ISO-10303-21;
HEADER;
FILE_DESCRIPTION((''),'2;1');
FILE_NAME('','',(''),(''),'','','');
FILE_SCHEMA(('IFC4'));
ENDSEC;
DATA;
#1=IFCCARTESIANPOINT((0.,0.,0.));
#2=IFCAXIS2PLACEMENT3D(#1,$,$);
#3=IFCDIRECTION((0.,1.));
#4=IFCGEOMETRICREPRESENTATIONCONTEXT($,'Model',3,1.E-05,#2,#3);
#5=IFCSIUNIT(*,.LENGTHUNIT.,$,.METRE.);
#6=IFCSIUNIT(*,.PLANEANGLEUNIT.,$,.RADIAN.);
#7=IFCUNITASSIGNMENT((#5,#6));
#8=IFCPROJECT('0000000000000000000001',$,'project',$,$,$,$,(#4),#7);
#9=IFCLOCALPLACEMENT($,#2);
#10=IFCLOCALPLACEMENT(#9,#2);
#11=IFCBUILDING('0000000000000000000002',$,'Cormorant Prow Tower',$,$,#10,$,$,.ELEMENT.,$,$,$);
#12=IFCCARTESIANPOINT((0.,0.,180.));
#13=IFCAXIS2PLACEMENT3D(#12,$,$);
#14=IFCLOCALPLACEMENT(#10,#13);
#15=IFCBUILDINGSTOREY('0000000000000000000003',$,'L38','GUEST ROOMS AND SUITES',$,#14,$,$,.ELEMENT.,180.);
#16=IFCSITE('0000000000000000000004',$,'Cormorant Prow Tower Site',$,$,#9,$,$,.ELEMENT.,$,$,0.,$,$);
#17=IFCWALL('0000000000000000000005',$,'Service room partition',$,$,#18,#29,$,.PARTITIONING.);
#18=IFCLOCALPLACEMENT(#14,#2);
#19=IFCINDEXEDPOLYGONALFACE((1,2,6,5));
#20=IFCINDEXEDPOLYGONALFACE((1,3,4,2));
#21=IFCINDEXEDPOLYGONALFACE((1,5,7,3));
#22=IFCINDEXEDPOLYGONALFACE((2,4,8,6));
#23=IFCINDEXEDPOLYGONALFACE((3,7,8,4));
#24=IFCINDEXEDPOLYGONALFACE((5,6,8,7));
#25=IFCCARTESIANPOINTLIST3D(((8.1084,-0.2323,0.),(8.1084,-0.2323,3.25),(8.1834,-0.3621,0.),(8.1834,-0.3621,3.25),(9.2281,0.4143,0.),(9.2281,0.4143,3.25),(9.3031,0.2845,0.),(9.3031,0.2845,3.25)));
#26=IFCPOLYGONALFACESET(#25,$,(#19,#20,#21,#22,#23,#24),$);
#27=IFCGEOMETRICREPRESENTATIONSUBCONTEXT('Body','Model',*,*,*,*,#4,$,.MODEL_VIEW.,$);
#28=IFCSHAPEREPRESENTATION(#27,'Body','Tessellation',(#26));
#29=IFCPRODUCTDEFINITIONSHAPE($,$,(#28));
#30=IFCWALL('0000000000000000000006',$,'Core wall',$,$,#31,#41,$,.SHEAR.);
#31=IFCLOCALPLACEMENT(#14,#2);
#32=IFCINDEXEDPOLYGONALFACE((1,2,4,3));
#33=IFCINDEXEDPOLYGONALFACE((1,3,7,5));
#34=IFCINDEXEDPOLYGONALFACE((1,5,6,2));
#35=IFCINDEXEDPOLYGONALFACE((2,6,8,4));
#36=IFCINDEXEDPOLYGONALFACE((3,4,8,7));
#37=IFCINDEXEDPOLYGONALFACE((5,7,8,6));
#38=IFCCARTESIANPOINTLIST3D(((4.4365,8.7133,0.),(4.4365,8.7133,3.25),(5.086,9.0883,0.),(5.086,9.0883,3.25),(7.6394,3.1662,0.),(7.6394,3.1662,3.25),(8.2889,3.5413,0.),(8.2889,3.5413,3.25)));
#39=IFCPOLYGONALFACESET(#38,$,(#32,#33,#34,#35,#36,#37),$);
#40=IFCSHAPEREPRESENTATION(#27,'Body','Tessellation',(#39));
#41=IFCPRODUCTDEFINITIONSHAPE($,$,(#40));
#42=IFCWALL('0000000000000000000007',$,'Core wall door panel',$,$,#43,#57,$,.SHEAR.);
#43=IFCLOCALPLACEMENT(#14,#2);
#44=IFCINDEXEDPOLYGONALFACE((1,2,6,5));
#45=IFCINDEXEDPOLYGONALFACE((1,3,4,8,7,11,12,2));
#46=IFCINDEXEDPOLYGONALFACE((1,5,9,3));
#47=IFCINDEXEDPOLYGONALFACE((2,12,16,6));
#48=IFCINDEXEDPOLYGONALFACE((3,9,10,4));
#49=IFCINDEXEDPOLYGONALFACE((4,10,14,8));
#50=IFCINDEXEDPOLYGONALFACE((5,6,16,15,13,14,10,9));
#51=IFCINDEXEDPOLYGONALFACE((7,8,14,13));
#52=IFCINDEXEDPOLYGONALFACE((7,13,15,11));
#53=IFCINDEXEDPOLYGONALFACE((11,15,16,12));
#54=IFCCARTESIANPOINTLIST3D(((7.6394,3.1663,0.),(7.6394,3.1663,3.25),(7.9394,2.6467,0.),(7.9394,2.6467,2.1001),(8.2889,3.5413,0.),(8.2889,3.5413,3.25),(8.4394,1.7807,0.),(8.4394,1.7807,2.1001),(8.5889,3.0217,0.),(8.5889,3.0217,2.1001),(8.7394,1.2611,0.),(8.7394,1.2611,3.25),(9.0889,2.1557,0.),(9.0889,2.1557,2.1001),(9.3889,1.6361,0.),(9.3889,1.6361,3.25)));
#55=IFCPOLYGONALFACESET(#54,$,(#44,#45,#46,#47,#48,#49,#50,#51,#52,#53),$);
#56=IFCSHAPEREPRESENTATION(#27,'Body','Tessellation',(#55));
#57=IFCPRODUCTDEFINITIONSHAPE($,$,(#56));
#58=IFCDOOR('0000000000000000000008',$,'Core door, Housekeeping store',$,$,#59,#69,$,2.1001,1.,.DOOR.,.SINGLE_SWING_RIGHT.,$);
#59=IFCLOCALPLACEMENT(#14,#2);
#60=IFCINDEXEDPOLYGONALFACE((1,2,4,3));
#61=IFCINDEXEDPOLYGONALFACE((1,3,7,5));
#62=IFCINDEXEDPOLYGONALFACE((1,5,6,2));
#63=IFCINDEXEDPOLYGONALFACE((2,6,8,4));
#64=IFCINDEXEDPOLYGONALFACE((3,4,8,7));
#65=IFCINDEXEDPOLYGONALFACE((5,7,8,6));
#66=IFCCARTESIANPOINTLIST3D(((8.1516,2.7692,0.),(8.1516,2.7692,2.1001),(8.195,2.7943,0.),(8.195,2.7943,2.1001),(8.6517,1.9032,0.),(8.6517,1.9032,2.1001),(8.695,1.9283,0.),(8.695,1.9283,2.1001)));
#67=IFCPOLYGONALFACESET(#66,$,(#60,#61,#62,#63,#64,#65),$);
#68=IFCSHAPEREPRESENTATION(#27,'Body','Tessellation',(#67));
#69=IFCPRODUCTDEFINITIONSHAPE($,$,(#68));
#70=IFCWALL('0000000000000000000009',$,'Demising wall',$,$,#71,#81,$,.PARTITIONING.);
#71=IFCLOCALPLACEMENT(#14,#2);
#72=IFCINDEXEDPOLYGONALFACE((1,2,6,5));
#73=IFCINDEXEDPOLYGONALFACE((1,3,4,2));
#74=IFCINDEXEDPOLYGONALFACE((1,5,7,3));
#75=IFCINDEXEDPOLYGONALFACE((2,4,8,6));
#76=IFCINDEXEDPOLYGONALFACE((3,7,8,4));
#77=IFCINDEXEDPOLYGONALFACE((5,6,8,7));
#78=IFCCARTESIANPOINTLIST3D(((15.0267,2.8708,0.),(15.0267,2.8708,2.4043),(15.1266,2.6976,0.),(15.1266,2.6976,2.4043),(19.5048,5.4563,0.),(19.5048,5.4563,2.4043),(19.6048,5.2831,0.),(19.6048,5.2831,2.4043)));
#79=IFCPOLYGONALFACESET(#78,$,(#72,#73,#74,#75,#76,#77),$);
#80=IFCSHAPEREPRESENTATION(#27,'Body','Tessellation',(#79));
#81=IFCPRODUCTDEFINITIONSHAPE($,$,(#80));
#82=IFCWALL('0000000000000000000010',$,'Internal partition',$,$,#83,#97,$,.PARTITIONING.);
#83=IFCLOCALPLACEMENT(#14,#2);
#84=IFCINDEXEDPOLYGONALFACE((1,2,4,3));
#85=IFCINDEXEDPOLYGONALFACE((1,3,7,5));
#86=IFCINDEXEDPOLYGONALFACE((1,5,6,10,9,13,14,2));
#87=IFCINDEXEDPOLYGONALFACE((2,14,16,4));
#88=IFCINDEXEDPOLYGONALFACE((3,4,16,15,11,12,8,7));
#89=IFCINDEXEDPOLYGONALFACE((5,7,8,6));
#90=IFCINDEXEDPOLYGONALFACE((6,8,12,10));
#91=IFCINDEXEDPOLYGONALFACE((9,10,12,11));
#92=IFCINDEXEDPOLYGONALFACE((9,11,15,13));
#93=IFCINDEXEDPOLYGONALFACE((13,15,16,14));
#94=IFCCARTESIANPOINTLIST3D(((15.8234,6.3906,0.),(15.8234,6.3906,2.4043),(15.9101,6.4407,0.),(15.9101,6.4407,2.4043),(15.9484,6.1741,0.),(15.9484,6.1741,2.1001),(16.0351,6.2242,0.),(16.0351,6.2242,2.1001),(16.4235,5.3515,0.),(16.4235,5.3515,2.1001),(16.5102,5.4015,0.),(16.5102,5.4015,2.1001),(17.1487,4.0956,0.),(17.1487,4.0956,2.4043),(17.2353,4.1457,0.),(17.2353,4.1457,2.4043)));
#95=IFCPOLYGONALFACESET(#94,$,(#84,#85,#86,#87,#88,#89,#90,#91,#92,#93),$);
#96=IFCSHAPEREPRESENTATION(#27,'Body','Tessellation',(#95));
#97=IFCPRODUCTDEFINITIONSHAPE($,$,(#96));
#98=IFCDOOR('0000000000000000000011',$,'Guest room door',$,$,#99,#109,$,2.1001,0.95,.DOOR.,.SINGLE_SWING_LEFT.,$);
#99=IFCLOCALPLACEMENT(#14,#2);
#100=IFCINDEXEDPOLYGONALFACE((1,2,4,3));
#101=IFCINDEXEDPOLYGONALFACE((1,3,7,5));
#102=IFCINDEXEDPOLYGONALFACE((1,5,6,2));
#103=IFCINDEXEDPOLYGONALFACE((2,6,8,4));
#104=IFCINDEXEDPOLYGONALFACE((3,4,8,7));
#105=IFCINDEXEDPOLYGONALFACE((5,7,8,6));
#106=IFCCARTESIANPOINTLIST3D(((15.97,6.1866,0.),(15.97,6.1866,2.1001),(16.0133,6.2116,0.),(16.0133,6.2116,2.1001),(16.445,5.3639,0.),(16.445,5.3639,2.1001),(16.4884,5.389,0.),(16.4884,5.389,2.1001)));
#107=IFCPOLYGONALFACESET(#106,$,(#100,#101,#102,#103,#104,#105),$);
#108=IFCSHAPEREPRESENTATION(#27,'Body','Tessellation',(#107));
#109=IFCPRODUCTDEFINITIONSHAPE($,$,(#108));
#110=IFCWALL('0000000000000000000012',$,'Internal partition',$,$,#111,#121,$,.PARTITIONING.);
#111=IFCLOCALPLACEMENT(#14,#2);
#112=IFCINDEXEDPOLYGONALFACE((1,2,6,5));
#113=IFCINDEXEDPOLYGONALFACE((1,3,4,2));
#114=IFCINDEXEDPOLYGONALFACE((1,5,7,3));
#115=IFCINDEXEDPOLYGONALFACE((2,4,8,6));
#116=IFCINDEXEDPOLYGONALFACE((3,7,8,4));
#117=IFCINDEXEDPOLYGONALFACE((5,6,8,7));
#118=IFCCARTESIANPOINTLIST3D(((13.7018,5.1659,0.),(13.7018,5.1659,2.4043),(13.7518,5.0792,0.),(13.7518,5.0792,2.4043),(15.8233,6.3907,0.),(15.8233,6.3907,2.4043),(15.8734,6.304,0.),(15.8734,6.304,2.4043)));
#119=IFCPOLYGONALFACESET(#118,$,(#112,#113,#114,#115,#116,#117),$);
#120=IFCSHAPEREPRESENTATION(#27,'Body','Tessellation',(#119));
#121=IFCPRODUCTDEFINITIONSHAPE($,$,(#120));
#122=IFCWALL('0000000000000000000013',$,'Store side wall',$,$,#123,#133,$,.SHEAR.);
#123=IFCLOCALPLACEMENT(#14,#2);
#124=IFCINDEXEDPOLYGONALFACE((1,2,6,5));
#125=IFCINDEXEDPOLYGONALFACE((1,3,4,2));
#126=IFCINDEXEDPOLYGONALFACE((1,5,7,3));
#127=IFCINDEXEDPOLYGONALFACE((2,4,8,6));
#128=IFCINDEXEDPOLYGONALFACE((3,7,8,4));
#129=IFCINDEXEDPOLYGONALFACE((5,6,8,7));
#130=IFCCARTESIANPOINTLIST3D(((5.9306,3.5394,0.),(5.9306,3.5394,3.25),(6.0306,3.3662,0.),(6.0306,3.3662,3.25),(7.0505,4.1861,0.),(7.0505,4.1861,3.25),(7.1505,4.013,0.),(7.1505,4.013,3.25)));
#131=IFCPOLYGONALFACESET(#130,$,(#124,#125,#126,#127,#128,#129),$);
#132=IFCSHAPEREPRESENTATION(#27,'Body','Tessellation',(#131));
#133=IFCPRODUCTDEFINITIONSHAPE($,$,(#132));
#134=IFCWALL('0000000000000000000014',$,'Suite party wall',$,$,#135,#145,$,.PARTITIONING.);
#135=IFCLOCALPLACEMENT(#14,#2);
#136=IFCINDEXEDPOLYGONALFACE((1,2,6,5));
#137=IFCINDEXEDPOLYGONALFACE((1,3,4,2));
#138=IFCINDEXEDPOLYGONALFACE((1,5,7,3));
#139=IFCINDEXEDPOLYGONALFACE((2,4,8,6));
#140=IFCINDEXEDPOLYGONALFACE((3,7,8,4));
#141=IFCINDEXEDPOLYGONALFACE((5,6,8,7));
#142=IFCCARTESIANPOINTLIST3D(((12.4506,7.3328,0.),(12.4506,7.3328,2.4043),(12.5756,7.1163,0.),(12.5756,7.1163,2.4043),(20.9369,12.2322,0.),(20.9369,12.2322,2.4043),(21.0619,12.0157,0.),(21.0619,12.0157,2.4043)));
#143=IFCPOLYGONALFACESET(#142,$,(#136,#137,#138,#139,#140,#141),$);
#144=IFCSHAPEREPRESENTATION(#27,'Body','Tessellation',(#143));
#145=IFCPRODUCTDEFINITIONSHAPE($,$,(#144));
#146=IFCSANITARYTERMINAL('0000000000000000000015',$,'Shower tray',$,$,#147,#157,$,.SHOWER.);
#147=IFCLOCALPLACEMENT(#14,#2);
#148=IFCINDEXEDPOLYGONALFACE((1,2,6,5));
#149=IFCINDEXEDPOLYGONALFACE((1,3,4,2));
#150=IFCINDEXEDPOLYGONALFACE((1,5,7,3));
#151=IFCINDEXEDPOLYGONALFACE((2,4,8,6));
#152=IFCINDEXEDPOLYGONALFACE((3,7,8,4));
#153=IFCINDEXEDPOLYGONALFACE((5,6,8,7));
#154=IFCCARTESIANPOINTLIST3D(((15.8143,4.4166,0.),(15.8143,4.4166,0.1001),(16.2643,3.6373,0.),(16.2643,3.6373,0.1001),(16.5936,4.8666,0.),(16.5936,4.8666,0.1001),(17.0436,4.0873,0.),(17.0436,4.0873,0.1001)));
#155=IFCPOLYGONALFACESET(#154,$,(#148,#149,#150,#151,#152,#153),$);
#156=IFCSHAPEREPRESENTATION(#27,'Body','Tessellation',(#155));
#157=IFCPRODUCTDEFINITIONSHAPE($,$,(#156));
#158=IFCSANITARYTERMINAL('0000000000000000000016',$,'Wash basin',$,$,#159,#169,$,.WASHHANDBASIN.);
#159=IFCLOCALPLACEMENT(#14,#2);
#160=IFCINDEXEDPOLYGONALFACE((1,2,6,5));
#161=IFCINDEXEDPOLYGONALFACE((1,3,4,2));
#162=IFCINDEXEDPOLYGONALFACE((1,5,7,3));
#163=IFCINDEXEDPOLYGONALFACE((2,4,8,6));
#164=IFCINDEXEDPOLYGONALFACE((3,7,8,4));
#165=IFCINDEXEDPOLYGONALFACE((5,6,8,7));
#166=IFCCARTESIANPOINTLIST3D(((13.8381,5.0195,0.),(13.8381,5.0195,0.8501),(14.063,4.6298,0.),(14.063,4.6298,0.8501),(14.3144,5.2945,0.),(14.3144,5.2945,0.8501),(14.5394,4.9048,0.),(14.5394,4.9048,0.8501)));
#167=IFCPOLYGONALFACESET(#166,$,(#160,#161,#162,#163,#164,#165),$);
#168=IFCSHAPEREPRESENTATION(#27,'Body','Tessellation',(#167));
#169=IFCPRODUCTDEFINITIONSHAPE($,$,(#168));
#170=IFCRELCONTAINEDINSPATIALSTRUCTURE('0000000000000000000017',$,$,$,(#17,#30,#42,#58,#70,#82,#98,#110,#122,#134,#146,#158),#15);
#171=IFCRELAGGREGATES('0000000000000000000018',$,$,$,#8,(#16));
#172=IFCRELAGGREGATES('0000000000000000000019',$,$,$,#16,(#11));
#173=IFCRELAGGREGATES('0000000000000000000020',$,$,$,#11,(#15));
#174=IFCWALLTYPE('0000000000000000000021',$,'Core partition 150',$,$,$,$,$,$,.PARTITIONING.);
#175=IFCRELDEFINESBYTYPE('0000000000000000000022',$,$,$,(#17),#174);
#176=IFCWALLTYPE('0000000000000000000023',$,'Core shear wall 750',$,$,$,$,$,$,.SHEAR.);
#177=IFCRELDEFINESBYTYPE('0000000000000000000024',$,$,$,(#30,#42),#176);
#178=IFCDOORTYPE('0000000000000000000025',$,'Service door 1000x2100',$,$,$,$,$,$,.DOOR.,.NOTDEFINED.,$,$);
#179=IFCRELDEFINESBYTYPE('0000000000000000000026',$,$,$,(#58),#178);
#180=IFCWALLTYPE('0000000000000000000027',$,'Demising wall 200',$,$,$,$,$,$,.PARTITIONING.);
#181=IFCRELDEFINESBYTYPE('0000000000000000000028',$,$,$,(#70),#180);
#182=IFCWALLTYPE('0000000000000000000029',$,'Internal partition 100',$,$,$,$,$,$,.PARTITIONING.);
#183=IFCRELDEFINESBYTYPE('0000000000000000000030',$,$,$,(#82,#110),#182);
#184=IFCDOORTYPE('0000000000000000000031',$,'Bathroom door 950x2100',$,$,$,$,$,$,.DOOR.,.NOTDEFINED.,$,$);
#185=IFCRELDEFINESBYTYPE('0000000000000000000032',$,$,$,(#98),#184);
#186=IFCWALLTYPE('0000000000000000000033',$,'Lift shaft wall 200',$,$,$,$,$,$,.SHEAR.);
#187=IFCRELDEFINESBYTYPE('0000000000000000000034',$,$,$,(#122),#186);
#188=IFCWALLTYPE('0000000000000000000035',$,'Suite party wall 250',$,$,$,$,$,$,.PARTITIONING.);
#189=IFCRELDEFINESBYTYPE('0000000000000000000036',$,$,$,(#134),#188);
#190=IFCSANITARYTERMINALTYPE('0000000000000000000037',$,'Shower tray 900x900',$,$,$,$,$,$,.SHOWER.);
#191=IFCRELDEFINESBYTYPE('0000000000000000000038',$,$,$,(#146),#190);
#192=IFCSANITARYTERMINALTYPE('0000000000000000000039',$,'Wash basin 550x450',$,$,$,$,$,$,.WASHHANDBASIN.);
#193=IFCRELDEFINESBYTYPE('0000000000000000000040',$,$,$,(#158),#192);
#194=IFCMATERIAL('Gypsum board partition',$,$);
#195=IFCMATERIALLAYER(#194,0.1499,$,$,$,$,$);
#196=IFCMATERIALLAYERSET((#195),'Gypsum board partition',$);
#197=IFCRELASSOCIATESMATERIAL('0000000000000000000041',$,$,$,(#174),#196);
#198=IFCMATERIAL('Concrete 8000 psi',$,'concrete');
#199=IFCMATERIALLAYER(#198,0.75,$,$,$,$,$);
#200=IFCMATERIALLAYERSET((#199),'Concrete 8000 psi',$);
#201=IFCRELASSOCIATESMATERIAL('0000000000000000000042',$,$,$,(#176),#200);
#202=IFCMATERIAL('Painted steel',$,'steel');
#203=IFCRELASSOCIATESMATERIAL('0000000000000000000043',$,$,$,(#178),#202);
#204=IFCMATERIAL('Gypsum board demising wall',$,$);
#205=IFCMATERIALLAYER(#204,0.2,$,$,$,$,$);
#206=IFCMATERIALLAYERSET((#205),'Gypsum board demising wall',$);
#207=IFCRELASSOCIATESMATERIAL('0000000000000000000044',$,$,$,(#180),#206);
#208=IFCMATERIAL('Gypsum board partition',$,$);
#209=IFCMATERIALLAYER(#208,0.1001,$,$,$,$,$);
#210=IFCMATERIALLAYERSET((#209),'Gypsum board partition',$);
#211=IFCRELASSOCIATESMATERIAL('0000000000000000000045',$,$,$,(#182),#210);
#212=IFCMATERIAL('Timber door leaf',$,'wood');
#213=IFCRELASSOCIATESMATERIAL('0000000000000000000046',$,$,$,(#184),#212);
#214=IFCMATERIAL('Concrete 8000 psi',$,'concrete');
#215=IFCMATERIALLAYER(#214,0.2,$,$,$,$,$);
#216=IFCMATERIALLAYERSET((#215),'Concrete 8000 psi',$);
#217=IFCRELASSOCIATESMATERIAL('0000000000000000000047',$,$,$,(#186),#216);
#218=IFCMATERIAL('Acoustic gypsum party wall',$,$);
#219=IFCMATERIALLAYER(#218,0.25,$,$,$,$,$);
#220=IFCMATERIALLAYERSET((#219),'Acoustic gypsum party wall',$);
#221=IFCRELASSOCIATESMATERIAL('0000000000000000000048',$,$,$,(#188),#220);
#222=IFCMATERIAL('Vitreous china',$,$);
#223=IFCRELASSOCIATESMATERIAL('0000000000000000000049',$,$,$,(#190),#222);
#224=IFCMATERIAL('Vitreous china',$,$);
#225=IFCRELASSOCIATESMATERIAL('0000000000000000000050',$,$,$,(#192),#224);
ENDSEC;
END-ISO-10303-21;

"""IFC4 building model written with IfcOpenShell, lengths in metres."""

from ifc_helpers import new_model, si_unit, direction, frame, frame_2d, origin, origin_2d, place, context, subcontext, project, spatial, rectangle, extrude, material, layer, layer_set, type_object, element, fill, save


model = new_model("IFC4")

# Units and contexts
model_context = context("Model", 3, precision=1e-05, world=origin(), true_north=direction((0.0, 1.0)))
body_context = subcontext(model_context, "Body", "Model", "MODEL_VIEW")
ifc_project = project(units=[si_unit("LENGTHUNIT", "METRE"), si_unit("PLANEANGLEUNIT", "RADIAN")], contexts=[model_context])

# Site, building, storey
site_placement = place(None, origin())
site = spatial("IfcSite", under=ifc_project, at=site_placement, Name="Cormorant Prow Tower Site", CompositionType="ELEMENT", RefElevation=0.0)
building_placement = place(site_placement, origin())
building = spatial("IfcBuilding", under=site, at=building_placement, Name="Cormorant Prow Tower", CompositionType="ELEMENT")
storey_placement = place(building_placement, frame((0.0, 0.0, 180.0)))
storey = spatial("IfcBuildingStorey", under=building, at=storey_placement, Name="L38", Description="GUEST ROOMS AND SUITES", CompositionType="ELEMENT", Elevation=180.0)

# Walls
ifc_material_1 = material(Name="Gypsum board partition")
ifc_layer_1 = layer(ifc_material_1, 0.1499)
ifc_layer_set_1 = layer_set([ifc_layer_1], Name="Gypsum board partition")
wall_type_1 = type_object("IfcWallType", Name="Core partition 150", PredefinedType="PARTITIONING", material=ifc_layer_set_1)
wall_1_placement = place(storey_placement, frame((9.2656, 0.3494, 0.0), z_axis=(0.0, 0.0, 1.0), x_axis=(-0.866003, -0.500038, 0.0)))
element("IfcWall", 1, at=wall_1_placement, inside=storey, type_object=wall_type_1, Name="Service room partition", PredefinedType="PARTITIONING", context=body_context, shape_type="SweptSolid", body=[
    extrude(rectangle(XDim=1.293, YDim=0.1499, at=frame_2d((0.6465, 0.0))), origin(), (0.0, 0.0, 1.0), 3.25),
])
ifc_material_2 = material(Name="Concrete 8000 psi", Category="concrete")
ifc_layer_2 = layer(ifc_material_2, 0.75)
ifc_layer_set_2 = layer_set([ifc_layer_2], Name="Concrete 8000 psi")
wall_type_2 = type_object("IfcWallType", Name="Core shear wall 750", PredefinedType="SHEAR", material=ifc_layer_set_2)
wall_2_placement = place(storey_placement, frame((7.9641, 3.3538, 0.0), z_axis=(0.0, 0.0, 1.0), x_axis=(-0.500029, 0.866008, 0.0)))
element("IfcWall", 2, at=wall_2_placement, inside=storey, type_object=wall_type_2, Name="Core wall", PredefinedType="SHEAR", context=body_context, shape_type="SweptSolid", body=[
    extrude(rectangle(XDim=6.4053, YDim=0.75, at=frame_2d((3.2026, 0.0))), origin(), (0.0, 0.0, 1.0), 3.25),
])

# Wall, opening, door
wall_3_placement = place(storey_placement, frame((9.0642, 1.4485, 0.0), z_axis=(0.0, 0.0, 1.0), x_axis=(-0.50003, 0.866008, 0.0)))
wall_3 = element("IfcWall", 3, at=wall_3_placement, inside=storey, type_object=wall_type_2, Name="Core wall door panel", PredefinedType="SHEAR", context=body_context, shape_type="SweptSolid", body=[
    extrude(rectangle(XDim=2.2, YDim=0.75, at=frame_2d((1.1001, 0.0))), origin(), (0.0, 0.0, 1.0), 3.25),
])
opening_1_placement = place(wall_3_placement, frame((0.6001, 0.0, 0.0)))
opening_1 = element("IfcOpeningElement", 4, at=opening_1_placement, cuts=wall_3, PredefinedType="OPENING", context=body_context, shape_type="SweptSolid", body=[
    extrude(rectangle(XDim=1.0, YDim=2.1001, at=frame_2d((0.5, 1.05))), frame((0.0, 0.385, 0.0), z_axis=(0.0, -1.0, 0.0), x_axis=(1.0, 0.0, 0.0)), (0.0, 0.0, 1.0), 0.77),
])
ifc_material_3 = material(Name="Painted steel", Category="steel")
door_type_1 = type_object("IfcDoorType", Name="Service door 1000x2100", OperationType="NOTDEFINED", PredefinedType="DOOR", material=ifc_material_3)
door_1_placement = place(opening_1_placement, origin())
door_1 = element("IfcDoor", 5, at=door_1_placement, inside=storey, type_object=door_type_1, Name="Core door, Housekeeping store", OperationType="SINGLE_SWING_RIGHT", OverallHeight=2.1001, OverallWidth=1.0, PredefinedType="DOOR", context=body_context, shape_type="SweptSolid", body=[
    extrude(rectangle(XDim=1.0, YDim=2.1001, at=frame_2d((0.5, 1.05))), frame((0.0, 0.1299, 0.0), z_axis=(0.0, -1.0, 0.0), x_axis=(1.0, 0.0, 0.0)), (0.0, 0.0, 1.0), 0.05),
])
fill(opening_1, door_1)

# Wall
ifc_material_4 = material(Name="Gypsum board demising wall")
ifc_layer_3 = layer(ifc_material_4, 0.2)
ifc_layer_set_3 = layer_set([ifc_layer_3], Name="Gypsum board demising wall")
wall_type_3 = type_object("IfcWallType", Name="Demising wall 200", PredefinedType="PARTITIONING", material=ifc_layer_set_3)
wall_4_placement = place(storey_placement, frame((15.0767, 2.7842, 0.0), z_axis=(0.0, 0.0, 1.0), x_axis=(0.86602, 0.500009, 0.0)))
element("IfcWall", 6, at=wall_4_placement, inside=storey, type_object=wall_type_3, Name="Demising wall", PredefinedType="PARTITIONING", context=body_context, shape_type="SweptSolid", body=[
    extrude(rectangle(XDim=5.1709, YDim=0.2, at=frame_2d((2.5854, 0.0))), origin(), (0.0, 0.0, 1.0), 2.4043),
])

# Wall, opening, door
ifc_material_5 = material(Name="Gypsum board partition")
ifc_layer_4 = layer(ifc_material_5, 0.1001)
ifc_layer_set_4 = layer_set([ifc_layer_4], Name="Gypsum board partition")
wall_type_4 = type_object("IfcWallType", Name="Internal partition 100", PredefinedType="PARTITIONING", material=ifc_layer_set_4)
wall_5_placement = place(storey_placement, frame((15.8667, 6.4158, 0.0), z_axis=(0.0, 0.0, 1.0), x_axis=(0.500063, -0.865989, 0.0)))
wall_5 = element("IfcWall", 7, at=wall_5_placement, inside=storey, type_object=wall_type_4, Name="Internal partition", PredefinedType="PARTITIONING", context=body_context, shape_type="SweptSolid", body=[
    extrude(rectangle(XDim=2.6501, YDim=0.1001, at=frame_2d((1.3252, 0.0))), origin(), (0.0, 0.0, 1.0), 2.4043),
])
opening_2_placement = place(wall_5_placement, frame((0.25, 0.0, 0.0)))
opening_2 = element("IfcOpeningElement", 8, at=opening_2_placement, cuts=wall_5, PredefinedType="OPENING", context=body_context, shape_type="SweptSolid", body=[
    extrude(rectangle(XDim=0.95, YDim=2.1001, at=frame_2d((0.4751, 1.05))), frame((0.0, 0.0601, 0.0), z_axis=(0.0, -1.0, 0.0), x_axis=(1.0, 0.0, 0.0)), (0.0, 0.0, 1.0), 0.1201),
])
ifc_material_6 = material(Name="Timber door leaf", Category="wood")
door_type_2 = type_object("IfcDoorType", Name="Bathroom door 950x2100", OperationType="NOTDEFINED", PredefinedType="DOOR", material=ifc_material_6)
door_2_placement = place(opening_2_placement, origin())
door_2 = element("IfcDoor", 9, at=door_2_placement, inside=storey, type_object=door_type_2, Name="Guest room door", OperationType="SINGLE_SWING_LEFT", OverallHeight=2.1001, OverallWidth=0.95, PredefinedType="DOOR", context=body_context, shape_type="SweptSolid", body=[
    extrude(rectangle(XDim=0.95, YDim=2.1001, at=frame_2d((0.4751, 1.05))), frame((0.0, 0.0249, 0.0), z_axis=(0.0, -1.0, 0.0), x_axis=(1.0, 0.0, 0.0)), (0.0, 0.0, 1.0), 0.05),
])
fill(opening_2, door_2)

# Walls
wall_6_placement = place(storey_placement, frame((13.7268, 5.1226, 0.0), z_axis=(0.0, 0.0, 1.0), x_axis=(0.866033, 0.499987, 0.0)))
element("IfcWall", 10, at=wall_6_placement, inside=storey, type_object=wall_type_4, Name="Internal partition", PredefinedType="PARTITIONING", context=body_context, shape_type="SweptSolid", body=[
    extrude(rectangle(XDim=2.4497, YDim=0.1001, at=frame_2d((1.2249, 0.0))), origin(), (0.0, 0.0, 1.0), 2.4043),
])
ifc_material_7 = material(Name="Concrete 8000 psi", Category="concrete")
ifc_layer_5 = layer(ifc_material_7, 0.2)
ifc_layer_set_5 = layer_set([ifc_layer_5], Name="Concrete 8000 psi")
wall_type_5 = type_object("IfcWallType", Name="Lift shaft wall 200", PredefinedType="SHEAR", material=ifc_layer_set_5)
wall_7_placement = place(storey_placement, frame((5.9807, 3.4529, 0.0), z_axis=(0.0, 0.0, 1.0), x_axis=(0.865969, 0.500098, 0.0)))
element("IfcWall", 11, at=wall_7_placement, inside=storey, type_object=wall_type_5, Name="Store side wall", PredefinedType="SHEAR", context=body_context, shape_type="SweptSolid", body=[
    extrude(rectangle(XDim=1.2932, YDim=0.2, at=frame_2d((0.6465, 0.0))), origin(), (0.0, 0.0, 1.0), 3.25),
])
ifc_material_8 = material(Name="Acoustic gypsum party wall")
ifc_layer_6 = layer(ifc_material_8, 0.25)
ifc_layer_set_6 = layer_set([ifc_layer_6], Name="Acoustic gypsum party wall")
wall_type_6 = type_object("IfcWallType", Name="Suite party wall 250", PredefinedType="PARTITIONING", material=ifc_layer_set_6)
wall_8_placement = place(storey_placement, frame((12.5132, 7.2246, 0.0), z_axis=(0.0, 0.0, 1.0), x_axis=(0.866033, 0.499987, 0.0)))
element("IfcWall", 12, at=wall_8_placement, inside=storey, type_object=wall_type_6, Name="Suite party wall", PredefinedType="PARTITIONING", context=body_context, shape_type="SweptSolid", body=[
    extrude(rectangle(XDim=9.7991, YDim=0.25, at=frame_2d((4.8994, 0.0))), origin(), (0.0, 0.0, 1.0), 2.4043),
])

# Sanitary terminals
ifc_material_9 = material(Name="Vitreous china")
sanitary_terminal_type_1 = type_object("IfcSanitaryTerminalType", Name="Shower tray 900x900", PredefinedType="SHOWER", material=ifc_material_9)
sanitary_terminal_1_placement = place(storey_placement, frame((16.429, 4.252, 0.0), z_axis=(0.0, 0.0, 1.0), x_axis=(-0.866025, -0.5, 0.0)))
element("IfcSanitaryTerminal", 13, at=sanitary_terminal_1_placement, inside=storey, type_object=sanitary_terminal_type_1, Name="Shower tray", PredefinedType="SHOWER", context=body_context, shape_type="SweptSolid", body=[
    extrude(rectangle(XDim=0.8999, YDim=0.8999, at=origin_2d()), origin(), (0.0, 0.0, 1.0), 0.1001),
])
ifc_material_10 = material(Name="Vitreous china")
sanitary_terminal_type_2 = type_object("IfcSanitaryTerminalType", Name="Wash basin 550x450", PredefinedType="WASHHANDBASIN", material=ifc_material_10)
sanitary_terminal_2_placement = place(storey_placement, frame((14.1887, 4.9622, 0.0), z_axis=(0.0, 0.0, 1.0), x_axis=(0.866025, 0.5, 0.0)))
element("IfcSanitaryTerminal", 14, at=sanitary_terminal_2_placement, inside=storey, type_object=sanitary_terminal_type_2, Name="Wash basin", PredefinedType="WASHHANDBASIN", context=body_context, shape_type="SweptSolid", body=[
    extrude(rectangle(XDim=0.55, YDim=0.45, at=origin_2d()), origin(), (0.0, 0.0, 1.0), 0.8501),
])

save(model, "model.ifc")
